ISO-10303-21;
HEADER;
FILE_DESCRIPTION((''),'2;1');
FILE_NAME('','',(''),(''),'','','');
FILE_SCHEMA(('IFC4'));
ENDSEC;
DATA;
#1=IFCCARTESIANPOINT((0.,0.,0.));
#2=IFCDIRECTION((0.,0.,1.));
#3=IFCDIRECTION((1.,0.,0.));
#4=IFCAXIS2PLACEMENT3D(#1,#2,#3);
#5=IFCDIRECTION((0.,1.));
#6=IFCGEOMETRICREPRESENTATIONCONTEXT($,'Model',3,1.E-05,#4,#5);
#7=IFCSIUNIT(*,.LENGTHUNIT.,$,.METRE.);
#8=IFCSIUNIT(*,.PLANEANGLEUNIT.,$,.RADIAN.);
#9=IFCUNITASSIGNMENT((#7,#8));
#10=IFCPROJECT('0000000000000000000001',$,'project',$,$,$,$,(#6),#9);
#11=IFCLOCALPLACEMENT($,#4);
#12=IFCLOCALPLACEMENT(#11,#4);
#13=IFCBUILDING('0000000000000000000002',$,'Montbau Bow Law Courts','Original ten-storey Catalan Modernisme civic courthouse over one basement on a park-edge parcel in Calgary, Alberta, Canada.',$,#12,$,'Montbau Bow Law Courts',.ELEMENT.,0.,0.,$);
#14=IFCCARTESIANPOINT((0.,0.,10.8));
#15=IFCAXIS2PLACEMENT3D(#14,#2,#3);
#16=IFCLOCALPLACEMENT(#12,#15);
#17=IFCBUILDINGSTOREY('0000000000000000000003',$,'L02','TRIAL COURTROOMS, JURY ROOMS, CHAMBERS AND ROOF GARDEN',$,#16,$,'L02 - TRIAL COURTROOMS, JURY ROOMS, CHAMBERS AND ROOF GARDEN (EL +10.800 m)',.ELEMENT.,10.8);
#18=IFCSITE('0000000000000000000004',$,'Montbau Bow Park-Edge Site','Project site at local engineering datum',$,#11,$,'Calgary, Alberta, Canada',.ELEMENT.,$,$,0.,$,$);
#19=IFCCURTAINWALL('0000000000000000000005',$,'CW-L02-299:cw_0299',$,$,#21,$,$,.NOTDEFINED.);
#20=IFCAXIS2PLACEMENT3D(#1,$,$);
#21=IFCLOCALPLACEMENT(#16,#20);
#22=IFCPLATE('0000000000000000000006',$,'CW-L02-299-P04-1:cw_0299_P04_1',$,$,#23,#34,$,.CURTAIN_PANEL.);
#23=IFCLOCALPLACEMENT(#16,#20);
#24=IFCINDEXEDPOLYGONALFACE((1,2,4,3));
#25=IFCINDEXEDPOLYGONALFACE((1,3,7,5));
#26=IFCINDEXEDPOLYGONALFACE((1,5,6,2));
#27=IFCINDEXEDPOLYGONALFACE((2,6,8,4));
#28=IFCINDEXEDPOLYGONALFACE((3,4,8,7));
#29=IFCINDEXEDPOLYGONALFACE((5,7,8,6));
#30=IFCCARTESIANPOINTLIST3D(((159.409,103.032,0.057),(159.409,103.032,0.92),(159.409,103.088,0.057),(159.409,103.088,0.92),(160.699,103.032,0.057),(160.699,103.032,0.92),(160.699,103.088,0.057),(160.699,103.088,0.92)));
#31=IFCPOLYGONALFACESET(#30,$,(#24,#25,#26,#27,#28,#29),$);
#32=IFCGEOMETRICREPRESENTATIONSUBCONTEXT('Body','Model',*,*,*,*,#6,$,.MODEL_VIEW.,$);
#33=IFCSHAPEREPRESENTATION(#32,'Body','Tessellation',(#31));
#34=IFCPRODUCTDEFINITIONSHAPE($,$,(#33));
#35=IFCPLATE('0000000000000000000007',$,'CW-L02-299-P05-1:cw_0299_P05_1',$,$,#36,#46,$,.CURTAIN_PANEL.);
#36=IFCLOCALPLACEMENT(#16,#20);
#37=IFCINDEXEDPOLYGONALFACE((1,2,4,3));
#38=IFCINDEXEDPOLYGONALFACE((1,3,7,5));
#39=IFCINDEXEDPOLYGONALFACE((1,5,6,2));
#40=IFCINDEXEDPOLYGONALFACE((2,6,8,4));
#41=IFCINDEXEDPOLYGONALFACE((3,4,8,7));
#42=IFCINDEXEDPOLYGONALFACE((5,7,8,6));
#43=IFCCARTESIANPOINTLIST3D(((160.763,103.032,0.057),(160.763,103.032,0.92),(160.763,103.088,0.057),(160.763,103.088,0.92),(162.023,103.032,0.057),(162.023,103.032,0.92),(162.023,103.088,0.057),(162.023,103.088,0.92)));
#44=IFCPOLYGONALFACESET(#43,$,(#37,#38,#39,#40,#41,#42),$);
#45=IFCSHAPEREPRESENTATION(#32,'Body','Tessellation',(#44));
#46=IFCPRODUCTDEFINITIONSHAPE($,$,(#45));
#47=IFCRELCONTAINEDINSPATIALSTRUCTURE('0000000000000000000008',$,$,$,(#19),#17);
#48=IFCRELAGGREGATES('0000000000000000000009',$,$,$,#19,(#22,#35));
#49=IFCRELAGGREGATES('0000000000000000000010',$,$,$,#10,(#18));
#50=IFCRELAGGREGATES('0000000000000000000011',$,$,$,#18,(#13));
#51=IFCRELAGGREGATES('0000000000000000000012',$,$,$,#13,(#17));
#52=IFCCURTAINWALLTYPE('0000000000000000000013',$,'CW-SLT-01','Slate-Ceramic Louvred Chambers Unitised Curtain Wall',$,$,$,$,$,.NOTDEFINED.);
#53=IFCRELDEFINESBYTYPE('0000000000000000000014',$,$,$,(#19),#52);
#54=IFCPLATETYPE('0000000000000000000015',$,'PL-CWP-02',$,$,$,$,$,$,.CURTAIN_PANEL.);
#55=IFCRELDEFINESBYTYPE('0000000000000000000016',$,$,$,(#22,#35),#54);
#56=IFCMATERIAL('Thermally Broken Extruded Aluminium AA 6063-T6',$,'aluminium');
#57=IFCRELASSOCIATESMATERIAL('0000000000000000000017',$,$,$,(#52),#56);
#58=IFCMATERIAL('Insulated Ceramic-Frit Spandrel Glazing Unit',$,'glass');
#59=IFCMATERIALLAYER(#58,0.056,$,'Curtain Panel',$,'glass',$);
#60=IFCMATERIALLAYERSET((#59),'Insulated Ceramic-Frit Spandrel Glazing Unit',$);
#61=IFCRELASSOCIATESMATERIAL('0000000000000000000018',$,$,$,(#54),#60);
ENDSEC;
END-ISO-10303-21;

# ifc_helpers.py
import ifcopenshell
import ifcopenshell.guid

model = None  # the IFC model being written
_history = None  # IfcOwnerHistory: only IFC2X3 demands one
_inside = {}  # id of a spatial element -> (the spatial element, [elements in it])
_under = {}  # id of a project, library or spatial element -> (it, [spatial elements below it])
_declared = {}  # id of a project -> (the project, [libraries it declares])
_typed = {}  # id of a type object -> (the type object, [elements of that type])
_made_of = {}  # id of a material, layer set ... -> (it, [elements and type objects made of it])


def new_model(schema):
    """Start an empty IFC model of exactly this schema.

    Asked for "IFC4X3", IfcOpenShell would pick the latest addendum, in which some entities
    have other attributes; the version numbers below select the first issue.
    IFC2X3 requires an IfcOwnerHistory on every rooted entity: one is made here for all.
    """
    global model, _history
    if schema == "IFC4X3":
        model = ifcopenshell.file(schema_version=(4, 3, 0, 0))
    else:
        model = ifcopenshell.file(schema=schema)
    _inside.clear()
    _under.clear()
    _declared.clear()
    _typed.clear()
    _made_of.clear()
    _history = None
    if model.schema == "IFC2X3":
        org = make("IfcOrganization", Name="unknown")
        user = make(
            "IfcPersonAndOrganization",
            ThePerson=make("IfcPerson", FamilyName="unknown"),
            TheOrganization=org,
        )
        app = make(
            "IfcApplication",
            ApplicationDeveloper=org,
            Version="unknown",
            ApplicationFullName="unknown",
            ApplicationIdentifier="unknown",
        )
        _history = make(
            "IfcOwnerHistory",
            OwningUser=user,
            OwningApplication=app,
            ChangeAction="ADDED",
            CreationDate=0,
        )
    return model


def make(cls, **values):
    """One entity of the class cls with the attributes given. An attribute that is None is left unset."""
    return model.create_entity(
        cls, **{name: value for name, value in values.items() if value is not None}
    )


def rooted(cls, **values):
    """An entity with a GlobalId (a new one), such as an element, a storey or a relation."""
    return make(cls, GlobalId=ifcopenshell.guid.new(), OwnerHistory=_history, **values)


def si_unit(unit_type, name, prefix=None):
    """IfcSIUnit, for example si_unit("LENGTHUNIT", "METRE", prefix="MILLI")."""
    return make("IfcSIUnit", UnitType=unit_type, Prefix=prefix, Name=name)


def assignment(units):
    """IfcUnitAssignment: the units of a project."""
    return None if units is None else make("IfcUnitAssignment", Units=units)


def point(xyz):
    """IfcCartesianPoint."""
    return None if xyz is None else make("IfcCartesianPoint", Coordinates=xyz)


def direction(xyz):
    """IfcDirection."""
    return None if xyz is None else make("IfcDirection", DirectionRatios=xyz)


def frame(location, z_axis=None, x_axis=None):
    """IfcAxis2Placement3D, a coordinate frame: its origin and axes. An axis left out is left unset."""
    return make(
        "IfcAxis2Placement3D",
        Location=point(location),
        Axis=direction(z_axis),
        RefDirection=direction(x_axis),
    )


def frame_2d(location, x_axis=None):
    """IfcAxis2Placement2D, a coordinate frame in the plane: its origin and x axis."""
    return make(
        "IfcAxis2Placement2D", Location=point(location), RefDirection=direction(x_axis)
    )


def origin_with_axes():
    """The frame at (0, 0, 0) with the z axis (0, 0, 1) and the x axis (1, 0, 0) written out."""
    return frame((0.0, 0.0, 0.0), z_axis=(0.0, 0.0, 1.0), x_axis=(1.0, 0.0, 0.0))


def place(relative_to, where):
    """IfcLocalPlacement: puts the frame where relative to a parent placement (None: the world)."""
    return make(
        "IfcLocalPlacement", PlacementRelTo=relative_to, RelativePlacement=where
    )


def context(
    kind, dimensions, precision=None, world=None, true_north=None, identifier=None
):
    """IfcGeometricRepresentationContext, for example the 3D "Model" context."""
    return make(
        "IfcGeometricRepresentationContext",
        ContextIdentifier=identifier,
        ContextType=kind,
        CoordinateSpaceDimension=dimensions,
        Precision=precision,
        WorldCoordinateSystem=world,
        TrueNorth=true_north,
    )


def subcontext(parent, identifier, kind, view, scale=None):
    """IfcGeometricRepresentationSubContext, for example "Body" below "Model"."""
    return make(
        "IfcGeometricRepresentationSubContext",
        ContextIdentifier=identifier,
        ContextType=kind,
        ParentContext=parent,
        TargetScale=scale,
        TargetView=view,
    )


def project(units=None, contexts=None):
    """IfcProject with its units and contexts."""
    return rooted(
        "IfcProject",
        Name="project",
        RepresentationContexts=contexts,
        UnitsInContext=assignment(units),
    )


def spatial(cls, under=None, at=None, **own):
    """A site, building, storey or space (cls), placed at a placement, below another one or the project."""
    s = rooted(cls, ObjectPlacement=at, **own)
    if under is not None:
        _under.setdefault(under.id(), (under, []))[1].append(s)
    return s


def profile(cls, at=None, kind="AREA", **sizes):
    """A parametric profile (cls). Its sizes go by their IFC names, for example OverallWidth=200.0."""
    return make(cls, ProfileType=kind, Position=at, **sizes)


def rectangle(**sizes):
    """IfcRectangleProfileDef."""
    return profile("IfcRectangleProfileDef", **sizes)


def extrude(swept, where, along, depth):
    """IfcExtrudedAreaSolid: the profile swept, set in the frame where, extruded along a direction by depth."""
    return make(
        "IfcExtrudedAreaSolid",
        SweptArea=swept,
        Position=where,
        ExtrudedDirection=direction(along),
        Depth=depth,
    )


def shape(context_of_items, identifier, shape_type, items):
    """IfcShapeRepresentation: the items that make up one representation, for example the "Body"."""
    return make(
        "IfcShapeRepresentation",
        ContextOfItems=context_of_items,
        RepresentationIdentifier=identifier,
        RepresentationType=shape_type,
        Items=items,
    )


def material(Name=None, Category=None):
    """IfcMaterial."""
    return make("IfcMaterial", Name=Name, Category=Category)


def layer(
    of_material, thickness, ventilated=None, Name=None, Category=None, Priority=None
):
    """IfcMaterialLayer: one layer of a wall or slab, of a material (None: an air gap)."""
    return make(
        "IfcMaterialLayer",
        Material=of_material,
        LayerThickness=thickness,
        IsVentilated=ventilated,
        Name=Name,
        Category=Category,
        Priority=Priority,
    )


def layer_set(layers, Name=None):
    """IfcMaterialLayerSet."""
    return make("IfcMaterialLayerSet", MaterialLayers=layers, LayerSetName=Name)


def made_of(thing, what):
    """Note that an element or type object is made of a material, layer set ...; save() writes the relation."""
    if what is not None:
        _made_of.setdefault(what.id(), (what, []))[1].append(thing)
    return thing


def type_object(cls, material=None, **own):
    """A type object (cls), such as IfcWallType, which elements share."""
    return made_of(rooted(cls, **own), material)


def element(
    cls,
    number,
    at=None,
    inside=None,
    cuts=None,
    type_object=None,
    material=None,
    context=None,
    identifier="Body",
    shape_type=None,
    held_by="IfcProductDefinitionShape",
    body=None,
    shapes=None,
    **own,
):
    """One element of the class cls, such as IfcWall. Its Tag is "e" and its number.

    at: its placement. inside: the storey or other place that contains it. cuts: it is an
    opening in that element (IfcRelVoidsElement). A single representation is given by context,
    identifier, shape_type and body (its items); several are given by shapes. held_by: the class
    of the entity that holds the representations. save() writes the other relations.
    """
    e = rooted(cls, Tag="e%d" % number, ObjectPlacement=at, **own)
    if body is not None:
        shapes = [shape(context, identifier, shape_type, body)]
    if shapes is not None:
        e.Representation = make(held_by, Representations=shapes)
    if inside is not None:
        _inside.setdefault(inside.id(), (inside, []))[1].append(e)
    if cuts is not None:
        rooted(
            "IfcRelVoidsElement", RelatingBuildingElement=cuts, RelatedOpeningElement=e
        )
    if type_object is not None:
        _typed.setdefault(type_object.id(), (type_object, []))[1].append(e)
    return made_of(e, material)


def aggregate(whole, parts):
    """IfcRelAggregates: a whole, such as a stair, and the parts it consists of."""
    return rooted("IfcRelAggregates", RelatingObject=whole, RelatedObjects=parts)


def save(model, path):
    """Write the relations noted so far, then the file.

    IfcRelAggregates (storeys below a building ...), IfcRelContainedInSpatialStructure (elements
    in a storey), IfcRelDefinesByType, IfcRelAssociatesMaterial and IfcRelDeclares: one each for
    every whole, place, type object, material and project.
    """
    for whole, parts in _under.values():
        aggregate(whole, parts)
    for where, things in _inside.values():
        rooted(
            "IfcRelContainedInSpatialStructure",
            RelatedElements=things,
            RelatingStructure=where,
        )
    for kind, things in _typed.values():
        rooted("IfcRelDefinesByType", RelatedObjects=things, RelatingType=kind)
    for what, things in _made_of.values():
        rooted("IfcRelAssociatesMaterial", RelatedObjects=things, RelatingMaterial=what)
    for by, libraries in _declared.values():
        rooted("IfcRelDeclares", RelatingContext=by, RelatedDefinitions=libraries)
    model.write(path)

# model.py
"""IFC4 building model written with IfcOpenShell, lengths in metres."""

from ifc_helpers import new_model, si_unit, direction, frame, frame_2d, origin_with_axes, place, context, subcontext, project, spatial, rectangle, extrude, material, layer, layer_set, type_object, element, aggregate, save


model = new_model("IFC4")

# Units and contexts
model_context = context("Model", 3, precision=1e-05, world=origin_with_axes(), true_north=direction((0.0, 1.0)))
body_context = subcontext(model_context, "Body", "Model", "MODEL_VIEW")
ifc_project = project(units=[si_unit("LENGTHUNIT", "METRE"), si_unit("PLANEANGLEUNIT", "RADIAN")], contexts=[model_context])

# Site, building, storey
site_placement = place(None, origin_with_axes())
site = spatial("IfcSite", under=ifc_project, at=site_placement, Name="Montbau Bow Park-Edge Site", Description="Project site at local engineering datum", LongName="Calgary, Alberta, Canada", CompositionType="ELEMENT", RefElevation=0.0)
building_placement = place(site_placement, origin_with_axes())
building = spatial("IfcBuilding", under=site, at=building_placement, Name="Montbau Bow Law Courts", Description="Original ten-storey Catalan Modernisme civic courthouse over one basement on a park-edge parcel in Calgary, Alberta, Canada.", LongName="Montbau Bow Law Courts", CompositionType="ELEMENT", ElevationOfRefHeight=0.0, ElevationOfTerrain=0.0)
storey_placement = place(building_placement, frame((0.0, 0.0, 10.8), z_axis=(0.0, 0.0, 1.0), x_axis=(1.0, 0.0, 0.0)))
storey = spatial("IfcBuildingStorey", under=building, at=storey_placement, Name="L02", Description="TRIAL COURTROOMS, JURY ROOMS, CHAMBERS AND ROOF GARDEN", LongName="L02 - TRIAL COURTROOMS, JURY ROOMS, CHAMBERS AND ROOF GARDEN (EL +10.800 m)", CompositionType="ELEMENT", Elevation=10.8)

# Curtain wall, plates
ifc_material_1 = material(Name="Thermally Broken Extruded Aluminium AA 6063-T6", Category="aluminium")
curtain_wall_type = type_object("IfcCurtainWallType", Name="CW-SLT-01", Description="Slate-Ceramic Louvred Chambers Unitised Curtain Wall", PredefinedType="NOTDEFINED", material=ifc_material_1)
curtain_wall_placement = place(None, frame((155.315, 103.06, 10.8), z_axis=(0.0, 0.0, 1.0), x_axis=(1.0, 0.0, 0.0)))
curtain_wall = element("IfcCurtainWall", 1, at=curtain_wall_placement, inside=storey, type_object=curtain_wall_type, Name="CW-L02-299:cw_0299", PredefinedType="NOTDEFINED")
ifc_material_2 = material(Name="Insulated Ceramic-Frit Spandrel Glazing Unit", Category="glass")
ifc_layer_1 = layer(ifc_material_2, 0.056, Name="Curtain Panel", Category="glass")
ifc_layer_set_1 = layer_set([ifc_layer_1], Name="Insulated Ceramic-Frit Spandrel Glazing Unit")
plate_type_1 = type_object("IfcPlateType", Name="PL-CWP-02", PredefinedType="CURTAIN_PANEL", material=ifc_layer_set_1)
plate_1_placement = place(None, frame((159.409, 103.06, 10.857), z_axis=(0.0, -1.0, 0.0), x_axis=(1.0, 0.0, 0.0)))
plate_1 = element("IfcPlate", 2, at=plate_1_placement, type_object=plate_type_1, Name="CW-L02-299-P04-1:cw_0299_P04_1", PredefinedType="CURTAIN_PANEL", context=body_context, shape_type="SweptSolid", body=[
    extrude(rectangle(XDim=1.29, YDim=0.863, at=frame_2d((0.645, 0.4315), x_axis=(1.0, 0.0))), frame((0.0, 0.0, -0.028), z_axis=(0.0, 0.0, 1.0), x_axis=(1.0, 0.0, 0.0)), (0.0, 0.0, 1.0), 0.056),
])
plate_2_placement = place(None, frame((160.763, 103.06, 10.857), z_axis=(0.0, -1.0, 0.0), x_axis=(1.0, 0.0, 0.0)))
plate_2 = element("IfcPlate", 3, at=plate_2_placement, type_object=plate_type_1, Name="CW-L02-299-P05-1:cw_0299_P05_1", PredefinedType="CURTAIN_PANEL", context=body_context, shape_type="SweptSolid", body=[
    extrude(rectangle(XDim=1.26, YDim=0.863, at=frame_2d((0.63, 0.4315), x_axis=(1.0, 0.0))), frame((0.0, 0.0, -0.028), z_axis=(0.0, 0.0, 1.0), x_axis=(1.0, 0.0, 0.0)), (0.0, 0.0, 1.0), 0.056),
])
aggregate(curtain_wall, [plate_1, plate_2])

save(model, "model.ifc")
